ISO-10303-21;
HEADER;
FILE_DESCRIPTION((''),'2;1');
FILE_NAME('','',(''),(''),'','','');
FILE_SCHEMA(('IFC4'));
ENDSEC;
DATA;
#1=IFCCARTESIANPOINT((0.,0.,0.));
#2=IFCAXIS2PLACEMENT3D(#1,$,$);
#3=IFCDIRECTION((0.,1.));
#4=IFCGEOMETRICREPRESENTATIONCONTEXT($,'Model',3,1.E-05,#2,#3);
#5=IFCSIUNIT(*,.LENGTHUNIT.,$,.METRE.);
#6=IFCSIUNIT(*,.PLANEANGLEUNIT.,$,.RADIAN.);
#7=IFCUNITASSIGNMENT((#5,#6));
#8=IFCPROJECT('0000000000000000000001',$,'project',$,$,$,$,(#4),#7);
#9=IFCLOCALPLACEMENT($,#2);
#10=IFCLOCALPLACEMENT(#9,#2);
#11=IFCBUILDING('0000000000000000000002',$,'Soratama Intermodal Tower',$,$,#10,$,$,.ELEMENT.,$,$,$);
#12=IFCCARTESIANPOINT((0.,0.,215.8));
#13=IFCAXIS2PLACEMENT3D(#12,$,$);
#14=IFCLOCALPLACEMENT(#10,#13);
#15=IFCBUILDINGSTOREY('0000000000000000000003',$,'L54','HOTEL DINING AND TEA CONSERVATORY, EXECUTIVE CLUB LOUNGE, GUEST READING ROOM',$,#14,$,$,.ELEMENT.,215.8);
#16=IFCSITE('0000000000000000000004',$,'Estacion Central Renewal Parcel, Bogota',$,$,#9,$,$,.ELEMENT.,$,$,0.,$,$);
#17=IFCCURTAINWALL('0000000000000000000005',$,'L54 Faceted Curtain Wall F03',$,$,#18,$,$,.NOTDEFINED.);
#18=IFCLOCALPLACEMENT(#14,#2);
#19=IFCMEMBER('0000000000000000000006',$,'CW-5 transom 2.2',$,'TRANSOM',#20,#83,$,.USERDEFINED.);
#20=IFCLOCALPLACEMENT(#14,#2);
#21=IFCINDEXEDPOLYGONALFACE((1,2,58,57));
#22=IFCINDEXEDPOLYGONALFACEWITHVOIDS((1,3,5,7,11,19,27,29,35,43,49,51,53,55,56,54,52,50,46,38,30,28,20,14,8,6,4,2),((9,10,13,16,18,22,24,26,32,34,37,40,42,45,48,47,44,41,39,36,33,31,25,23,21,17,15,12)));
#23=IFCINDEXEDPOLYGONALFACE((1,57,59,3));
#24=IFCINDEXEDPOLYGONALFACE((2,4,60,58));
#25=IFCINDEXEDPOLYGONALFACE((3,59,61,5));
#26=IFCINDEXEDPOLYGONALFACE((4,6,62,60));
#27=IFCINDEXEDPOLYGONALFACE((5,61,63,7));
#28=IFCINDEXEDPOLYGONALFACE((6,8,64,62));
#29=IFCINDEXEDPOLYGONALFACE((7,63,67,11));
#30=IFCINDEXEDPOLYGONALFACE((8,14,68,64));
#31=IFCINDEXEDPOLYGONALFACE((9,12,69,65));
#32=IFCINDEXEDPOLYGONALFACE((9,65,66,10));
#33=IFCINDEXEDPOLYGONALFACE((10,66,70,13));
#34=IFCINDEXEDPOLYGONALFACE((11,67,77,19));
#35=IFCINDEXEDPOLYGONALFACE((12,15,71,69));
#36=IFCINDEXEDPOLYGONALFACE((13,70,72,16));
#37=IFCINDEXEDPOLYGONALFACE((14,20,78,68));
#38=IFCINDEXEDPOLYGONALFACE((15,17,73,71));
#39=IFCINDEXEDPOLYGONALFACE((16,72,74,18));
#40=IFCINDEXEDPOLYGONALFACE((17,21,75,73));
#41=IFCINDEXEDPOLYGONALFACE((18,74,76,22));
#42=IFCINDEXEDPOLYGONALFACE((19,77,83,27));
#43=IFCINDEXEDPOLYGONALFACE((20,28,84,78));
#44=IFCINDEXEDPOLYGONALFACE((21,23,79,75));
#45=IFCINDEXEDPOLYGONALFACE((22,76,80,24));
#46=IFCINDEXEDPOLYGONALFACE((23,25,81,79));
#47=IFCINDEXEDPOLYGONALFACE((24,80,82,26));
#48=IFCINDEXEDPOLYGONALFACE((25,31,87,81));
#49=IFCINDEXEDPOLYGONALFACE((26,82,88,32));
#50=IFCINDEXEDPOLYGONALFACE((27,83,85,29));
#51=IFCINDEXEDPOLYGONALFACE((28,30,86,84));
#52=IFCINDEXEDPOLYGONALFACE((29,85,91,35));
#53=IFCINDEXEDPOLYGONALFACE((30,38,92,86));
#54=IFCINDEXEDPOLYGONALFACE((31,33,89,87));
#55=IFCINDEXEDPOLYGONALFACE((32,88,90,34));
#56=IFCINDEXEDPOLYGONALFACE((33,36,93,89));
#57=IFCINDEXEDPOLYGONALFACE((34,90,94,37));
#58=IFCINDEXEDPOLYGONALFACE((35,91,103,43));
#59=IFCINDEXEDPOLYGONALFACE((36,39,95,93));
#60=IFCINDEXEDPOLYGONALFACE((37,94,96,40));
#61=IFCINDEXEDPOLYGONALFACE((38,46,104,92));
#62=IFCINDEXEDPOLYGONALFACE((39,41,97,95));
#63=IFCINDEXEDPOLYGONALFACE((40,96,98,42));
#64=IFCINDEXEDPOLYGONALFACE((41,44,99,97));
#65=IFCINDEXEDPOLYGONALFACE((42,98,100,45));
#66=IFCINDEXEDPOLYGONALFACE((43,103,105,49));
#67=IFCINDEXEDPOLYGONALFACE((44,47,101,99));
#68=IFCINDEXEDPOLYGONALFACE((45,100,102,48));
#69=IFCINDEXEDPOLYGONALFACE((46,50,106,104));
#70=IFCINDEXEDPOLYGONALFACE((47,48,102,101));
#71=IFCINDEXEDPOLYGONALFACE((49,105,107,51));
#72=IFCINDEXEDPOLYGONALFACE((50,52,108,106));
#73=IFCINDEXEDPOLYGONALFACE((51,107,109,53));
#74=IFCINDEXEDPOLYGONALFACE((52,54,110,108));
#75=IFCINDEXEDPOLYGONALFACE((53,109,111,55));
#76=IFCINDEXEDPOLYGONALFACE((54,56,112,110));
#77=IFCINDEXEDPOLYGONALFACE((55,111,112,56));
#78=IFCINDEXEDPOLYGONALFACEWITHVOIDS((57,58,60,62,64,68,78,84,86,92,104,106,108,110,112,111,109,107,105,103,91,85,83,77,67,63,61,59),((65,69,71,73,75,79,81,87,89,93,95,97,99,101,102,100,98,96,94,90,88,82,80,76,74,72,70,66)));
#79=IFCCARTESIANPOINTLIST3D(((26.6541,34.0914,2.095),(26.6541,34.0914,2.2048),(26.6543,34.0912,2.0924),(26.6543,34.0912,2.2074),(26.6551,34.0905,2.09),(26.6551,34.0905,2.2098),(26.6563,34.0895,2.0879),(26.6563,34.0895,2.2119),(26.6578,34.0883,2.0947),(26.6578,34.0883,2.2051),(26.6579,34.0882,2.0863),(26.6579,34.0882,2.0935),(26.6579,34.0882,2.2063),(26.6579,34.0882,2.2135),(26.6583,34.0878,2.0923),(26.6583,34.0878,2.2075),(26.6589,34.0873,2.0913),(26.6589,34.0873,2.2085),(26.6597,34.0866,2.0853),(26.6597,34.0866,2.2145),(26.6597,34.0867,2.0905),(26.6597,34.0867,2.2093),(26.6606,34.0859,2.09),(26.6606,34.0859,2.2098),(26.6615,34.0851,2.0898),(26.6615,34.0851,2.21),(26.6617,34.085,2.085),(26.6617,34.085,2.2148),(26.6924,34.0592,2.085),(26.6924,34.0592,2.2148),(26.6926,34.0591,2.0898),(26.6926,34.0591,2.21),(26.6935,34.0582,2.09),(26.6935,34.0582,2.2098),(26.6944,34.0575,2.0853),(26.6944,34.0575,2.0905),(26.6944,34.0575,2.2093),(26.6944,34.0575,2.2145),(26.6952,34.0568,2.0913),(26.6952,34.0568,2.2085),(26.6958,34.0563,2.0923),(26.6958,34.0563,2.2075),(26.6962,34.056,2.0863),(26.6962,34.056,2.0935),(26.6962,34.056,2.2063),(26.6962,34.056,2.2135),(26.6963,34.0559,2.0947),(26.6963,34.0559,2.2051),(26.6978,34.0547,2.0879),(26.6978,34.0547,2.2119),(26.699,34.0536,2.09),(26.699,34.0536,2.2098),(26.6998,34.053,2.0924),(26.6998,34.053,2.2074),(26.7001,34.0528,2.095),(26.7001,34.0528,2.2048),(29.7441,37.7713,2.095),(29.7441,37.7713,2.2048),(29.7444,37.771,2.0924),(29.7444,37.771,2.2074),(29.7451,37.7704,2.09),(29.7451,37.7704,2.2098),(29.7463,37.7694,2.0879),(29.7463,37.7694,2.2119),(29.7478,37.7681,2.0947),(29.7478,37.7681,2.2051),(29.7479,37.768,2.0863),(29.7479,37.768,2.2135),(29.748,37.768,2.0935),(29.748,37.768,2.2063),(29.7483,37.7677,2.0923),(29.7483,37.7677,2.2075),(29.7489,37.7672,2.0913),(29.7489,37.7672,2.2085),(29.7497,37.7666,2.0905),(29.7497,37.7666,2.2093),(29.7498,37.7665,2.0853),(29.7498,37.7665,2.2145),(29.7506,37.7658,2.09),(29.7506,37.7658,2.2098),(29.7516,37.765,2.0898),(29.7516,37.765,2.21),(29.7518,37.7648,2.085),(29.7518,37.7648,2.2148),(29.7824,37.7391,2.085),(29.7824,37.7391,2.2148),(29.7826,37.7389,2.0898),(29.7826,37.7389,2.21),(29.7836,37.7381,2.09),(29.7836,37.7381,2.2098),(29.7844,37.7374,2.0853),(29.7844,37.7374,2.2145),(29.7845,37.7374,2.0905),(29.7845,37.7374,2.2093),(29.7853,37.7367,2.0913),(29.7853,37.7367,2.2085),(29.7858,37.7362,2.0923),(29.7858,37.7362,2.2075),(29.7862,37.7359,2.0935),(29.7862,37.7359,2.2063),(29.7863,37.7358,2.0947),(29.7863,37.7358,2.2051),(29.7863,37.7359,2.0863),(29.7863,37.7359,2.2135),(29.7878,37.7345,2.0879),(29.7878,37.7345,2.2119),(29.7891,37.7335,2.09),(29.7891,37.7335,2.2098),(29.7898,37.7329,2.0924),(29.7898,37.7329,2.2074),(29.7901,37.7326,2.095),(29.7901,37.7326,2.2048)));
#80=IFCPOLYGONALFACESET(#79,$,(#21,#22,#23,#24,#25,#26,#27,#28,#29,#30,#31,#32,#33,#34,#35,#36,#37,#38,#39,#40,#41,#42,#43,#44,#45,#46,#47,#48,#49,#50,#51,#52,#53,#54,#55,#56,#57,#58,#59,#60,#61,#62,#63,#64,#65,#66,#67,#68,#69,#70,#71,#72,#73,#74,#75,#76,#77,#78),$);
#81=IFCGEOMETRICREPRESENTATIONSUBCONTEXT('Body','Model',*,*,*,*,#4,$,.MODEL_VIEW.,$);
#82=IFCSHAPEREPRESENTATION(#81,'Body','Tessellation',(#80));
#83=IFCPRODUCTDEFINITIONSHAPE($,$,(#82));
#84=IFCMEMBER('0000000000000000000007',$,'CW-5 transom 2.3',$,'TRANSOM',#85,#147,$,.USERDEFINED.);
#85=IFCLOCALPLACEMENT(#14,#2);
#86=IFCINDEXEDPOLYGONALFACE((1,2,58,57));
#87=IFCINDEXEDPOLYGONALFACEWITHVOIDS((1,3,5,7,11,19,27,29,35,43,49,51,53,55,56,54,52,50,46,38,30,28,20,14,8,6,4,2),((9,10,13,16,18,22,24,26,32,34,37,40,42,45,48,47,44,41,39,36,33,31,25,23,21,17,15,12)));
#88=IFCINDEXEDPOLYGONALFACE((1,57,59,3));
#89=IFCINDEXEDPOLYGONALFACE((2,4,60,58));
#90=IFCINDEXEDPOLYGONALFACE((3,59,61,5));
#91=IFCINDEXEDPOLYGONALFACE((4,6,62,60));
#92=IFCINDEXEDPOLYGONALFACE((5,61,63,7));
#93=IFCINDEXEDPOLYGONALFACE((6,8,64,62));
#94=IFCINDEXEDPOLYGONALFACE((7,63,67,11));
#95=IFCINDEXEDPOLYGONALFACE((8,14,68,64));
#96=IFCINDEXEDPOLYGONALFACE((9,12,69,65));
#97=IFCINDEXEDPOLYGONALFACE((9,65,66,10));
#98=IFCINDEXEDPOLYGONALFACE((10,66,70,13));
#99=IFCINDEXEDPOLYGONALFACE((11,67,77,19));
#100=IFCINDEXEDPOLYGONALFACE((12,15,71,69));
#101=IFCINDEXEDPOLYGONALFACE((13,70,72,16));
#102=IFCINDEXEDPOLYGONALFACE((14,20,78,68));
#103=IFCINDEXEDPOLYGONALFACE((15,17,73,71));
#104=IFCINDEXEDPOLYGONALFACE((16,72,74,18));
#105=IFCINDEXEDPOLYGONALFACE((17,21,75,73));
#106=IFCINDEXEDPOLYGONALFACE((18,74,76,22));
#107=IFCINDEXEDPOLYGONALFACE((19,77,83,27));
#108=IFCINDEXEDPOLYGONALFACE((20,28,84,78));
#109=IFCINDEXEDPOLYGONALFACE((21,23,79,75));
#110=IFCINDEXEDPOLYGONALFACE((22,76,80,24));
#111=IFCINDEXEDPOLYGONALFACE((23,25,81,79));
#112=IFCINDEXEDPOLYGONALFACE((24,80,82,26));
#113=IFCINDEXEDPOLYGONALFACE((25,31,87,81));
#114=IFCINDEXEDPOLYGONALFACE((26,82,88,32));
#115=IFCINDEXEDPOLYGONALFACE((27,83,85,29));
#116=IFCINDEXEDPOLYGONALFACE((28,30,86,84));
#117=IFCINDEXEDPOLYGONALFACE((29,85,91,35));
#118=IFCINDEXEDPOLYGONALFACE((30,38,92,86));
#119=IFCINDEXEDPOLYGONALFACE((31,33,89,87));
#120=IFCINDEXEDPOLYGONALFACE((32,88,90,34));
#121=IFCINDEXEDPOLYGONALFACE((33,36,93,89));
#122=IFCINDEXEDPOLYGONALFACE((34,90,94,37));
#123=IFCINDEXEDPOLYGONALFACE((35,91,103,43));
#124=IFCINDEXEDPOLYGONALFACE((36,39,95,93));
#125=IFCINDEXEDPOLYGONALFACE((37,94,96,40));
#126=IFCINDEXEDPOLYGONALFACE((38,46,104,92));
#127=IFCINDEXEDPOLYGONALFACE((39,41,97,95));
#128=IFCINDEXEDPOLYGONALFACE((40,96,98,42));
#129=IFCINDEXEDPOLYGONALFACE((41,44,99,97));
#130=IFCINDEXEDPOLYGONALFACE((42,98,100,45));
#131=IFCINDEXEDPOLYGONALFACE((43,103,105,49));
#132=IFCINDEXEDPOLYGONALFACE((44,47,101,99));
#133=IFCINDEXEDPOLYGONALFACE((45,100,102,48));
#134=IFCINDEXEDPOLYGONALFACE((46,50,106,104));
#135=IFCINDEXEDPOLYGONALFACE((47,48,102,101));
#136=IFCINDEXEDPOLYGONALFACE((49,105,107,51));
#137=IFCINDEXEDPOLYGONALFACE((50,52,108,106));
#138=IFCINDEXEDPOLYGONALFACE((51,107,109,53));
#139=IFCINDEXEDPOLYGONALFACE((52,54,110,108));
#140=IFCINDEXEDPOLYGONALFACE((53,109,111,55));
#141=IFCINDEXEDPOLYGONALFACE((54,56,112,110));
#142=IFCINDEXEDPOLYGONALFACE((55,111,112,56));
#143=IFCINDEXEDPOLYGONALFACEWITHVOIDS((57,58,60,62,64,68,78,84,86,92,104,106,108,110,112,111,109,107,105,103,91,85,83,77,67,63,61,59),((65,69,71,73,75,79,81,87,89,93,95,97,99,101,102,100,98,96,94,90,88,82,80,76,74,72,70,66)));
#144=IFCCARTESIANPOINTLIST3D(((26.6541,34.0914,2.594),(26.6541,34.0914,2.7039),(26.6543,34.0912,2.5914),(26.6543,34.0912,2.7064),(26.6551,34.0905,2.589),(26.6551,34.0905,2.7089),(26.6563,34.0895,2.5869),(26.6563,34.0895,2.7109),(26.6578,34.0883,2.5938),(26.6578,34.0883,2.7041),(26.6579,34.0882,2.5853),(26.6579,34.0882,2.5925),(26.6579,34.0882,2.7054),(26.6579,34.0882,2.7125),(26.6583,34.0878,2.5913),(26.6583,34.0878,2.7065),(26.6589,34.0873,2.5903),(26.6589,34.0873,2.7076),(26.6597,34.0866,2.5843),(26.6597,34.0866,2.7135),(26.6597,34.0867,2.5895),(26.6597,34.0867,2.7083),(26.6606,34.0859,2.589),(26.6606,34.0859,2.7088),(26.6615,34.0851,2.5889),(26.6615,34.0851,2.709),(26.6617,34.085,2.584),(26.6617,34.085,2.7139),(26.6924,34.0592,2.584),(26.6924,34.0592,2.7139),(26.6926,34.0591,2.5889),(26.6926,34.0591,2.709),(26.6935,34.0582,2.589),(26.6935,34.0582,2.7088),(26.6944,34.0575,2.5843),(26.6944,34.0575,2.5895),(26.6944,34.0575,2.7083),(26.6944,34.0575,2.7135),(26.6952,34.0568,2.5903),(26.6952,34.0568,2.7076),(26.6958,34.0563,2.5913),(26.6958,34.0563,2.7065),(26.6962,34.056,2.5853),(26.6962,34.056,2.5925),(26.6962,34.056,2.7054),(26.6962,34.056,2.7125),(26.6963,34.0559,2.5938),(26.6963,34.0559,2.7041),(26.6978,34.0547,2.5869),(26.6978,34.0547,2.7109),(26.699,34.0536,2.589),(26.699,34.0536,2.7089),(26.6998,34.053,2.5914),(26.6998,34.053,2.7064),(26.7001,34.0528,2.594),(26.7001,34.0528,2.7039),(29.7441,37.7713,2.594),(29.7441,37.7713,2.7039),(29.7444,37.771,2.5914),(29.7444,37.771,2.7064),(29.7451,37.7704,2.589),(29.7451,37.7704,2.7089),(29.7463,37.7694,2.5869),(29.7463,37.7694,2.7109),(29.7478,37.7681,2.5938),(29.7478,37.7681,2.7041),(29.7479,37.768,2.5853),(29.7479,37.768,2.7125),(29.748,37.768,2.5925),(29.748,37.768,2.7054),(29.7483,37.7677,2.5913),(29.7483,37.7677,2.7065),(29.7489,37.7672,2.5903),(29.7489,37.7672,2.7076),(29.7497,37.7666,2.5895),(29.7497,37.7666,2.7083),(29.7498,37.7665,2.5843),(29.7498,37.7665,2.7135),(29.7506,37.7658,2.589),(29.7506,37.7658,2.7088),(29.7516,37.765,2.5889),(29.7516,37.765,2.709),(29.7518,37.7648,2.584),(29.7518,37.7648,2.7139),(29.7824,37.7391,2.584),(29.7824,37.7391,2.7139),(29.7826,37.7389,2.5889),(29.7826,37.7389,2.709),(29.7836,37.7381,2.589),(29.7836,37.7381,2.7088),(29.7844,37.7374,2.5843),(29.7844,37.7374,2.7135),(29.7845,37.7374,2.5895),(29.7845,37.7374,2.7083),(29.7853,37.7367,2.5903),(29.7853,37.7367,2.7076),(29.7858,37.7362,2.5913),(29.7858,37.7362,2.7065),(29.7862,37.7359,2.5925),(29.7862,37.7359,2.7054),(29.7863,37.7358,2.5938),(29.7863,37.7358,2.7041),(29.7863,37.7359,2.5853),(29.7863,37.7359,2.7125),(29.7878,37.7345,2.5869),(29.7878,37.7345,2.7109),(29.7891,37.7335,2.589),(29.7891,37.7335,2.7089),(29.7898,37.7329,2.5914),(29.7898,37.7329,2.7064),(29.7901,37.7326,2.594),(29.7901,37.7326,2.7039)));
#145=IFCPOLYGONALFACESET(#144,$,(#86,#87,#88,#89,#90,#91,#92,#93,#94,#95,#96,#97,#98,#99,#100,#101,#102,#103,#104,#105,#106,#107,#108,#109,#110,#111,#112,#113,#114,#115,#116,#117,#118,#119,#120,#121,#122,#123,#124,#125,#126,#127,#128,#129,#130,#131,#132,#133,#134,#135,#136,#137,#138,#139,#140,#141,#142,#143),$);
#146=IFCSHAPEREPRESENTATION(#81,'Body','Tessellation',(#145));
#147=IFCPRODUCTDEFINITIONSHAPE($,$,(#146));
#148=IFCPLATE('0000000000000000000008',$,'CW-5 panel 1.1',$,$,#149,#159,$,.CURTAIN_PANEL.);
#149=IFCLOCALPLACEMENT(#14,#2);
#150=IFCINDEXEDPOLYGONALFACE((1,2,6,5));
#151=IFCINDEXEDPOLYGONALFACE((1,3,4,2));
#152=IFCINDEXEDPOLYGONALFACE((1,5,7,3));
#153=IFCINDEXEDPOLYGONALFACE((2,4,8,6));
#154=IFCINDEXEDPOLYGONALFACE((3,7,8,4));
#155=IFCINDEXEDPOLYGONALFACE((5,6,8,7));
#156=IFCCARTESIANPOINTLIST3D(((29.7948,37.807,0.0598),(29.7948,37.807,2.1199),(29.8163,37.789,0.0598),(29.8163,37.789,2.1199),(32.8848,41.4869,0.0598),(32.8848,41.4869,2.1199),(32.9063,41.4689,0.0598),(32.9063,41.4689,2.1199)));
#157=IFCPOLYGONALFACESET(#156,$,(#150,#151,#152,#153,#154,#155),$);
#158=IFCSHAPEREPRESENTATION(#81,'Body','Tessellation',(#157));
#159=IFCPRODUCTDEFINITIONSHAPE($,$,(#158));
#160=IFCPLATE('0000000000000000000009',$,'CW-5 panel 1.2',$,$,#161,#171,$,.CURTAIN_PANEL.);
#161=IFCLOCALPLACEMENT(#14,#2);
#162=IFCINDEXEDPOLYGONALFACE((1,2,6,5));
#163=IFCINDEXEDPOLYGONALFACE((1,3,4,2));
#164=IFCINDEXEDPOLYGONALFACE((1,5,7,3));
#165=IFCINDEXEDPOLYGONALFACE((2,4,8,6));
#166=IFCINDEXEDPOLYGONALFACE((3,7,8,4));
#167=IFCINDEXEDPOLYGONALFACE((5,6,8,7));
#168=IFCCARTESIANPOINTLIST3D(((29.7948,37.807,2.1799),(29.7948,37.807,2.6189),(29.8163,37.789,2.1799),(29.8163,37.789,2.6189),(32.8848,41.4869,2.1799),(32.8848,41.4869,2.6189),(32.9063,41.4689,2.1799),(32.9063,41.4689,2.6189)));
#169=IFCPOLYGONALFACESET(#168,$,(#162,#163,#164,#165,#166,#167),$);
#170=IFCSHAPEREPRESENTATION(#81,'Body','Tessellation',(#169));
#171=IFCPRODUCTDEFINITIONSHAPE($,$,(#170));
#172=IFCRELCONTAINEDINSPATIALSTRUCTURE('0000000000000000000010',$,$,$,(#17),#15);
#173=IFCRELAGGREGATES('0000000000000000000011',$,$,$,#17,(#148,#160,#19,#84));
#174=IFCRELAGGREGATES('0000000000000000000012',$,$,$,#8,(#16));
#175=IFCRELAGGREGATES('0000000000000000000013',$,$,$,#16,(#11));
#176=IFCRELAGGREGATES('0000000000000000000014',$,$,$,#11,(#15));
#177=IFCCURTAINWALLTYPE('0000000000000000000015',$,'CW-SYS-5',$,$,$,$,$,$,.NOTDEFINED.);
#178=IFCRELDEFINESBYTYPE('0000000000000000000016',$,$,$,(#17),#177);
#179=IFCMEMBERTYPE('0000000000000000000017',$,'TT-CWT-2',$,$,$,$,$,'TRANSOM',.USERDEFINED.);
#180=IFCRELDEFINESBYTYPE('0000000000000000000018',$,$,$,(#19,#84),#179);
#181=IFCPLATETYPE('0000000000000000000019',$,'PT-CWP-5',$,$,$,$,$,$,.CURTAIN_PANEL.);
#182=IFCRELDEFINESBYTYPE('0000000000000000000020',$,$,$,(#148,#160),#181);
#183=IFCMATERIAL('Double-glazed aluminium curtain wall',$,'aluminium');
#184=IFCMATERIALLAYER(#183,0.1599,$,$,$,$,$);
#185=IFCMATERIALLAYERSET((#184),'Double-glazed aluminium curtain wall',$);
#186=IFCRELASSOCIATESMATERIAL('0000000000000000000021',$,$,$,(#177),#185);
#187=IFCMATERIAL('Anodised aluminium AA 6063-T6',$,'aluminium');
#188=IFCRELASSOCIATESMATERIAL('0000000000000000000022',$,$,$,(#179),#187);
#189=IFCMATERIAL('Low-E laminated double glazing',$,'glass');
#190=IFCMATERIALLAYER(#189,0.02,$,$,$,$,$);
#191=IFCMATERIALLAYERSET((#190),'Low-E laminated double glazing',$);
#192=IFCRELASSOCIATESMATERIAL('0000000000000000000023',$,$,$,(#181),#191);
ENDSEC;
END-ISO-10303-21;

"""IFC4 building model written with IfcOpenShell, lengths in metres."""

from ifc_helpers import new_model, si_unit, direction, frame, origin, origin_2d, place, context, subcontext, project, spatial, rectangle, hollow_rectangle, extrude, material, layer, layer_set, material_profile, profile_set, type_object, element, aggregate, save


model = new_model("IFC4")

# Units and contexts
model_context = context("Model", 3, precision=1e-05, world=origin(), true_north=direction((0.0, 1.0)))
body_context = subcontext(model_context, "Body", "Model", "MODEL_VIEW")
ifc_project = project(units=[si_unit("LENGTHUNIT", "METRE"), si_unit("PLANEANGLEUNIT", "RADIAN")], contexts=[model_context])

# Site, building, storey
site_placement = place(None, origin())
site = spatial("IfcSite", under=ifc_project, at=site_placement, Name="Estacion Central Renewal Parcel, Bogota", CompositionType="ELEMENT", RefElevation=0.0)
building_placement = place(site_placement, origin())
building = spatial("IfcBuilding", under=site, at=building_placement, Name="Soratama Intermodal Tower", CompositionType="ELEMENT")
storey_placement = place(building_placement, frame((0.0, 0.0, 215.8)))
storey = spatial("IfcBuildingStorey", under=building, at=storey_placement, Name="L54", Description="HOTEL DINING AND TEA CONSERVATORY, EXECUTIVE CLUB LOUNGE, GUEST READING ROOM", CompositionType="ELEMENT", Elevation=215.8)

# Curtain wall, members, plates
ifc_material_1 = material(Name="Double-glazed aluminium curtain wall", Category="aluminium")
ifc_layer_1 = layer(ifc_material_1, 0.1599)
ifc_layer_set_1 = layer_set([ifc_layer_1], Name="Double-glazed aluminium curtain wall")
curtain_wall_type = type_object("IfcCurtainWallType", Name="CW-SYS-5", PredefinedType="NOTDEFINED", material=ifc_layer_set_1)
curtain_wall_placement = place(storey_placement, origin())
curtain_wall = element("IfcCurtainWall", 1, at=curtain_wall_placement, inside=storey, type_object=curtain_wall_type, Name="L54 Faceted Curtain Wall F03", PredefinedType="NOTDEFINED")
ifc_material_2 = material(Name="Anodised aluminium AA 6063-T6", Category="aluminium")
ifc_material_profile_1 = material_profile(ifc_material_2, hollow_rectangle(XDim=0.0601, YDim=0.1299, WallThickness=0.0049, InnerFilletRadius=0.0049, OuterFilletRadius=0.01, at=origin_2d()), Name="CWT130X60X5")
ifc_profile_set_1 = profile_set([ifc_material_profile_1], Name="Anodised aluminium AA 6063-T6")
member_type_1 = type_object("IfcMemberType", Name="TT-CWT-2", ElementType="TRANSOM", PredefinedType="USERDEFINED", material=ifc_profile_set_1)
member_1_placement = place(storey_placement, frame((29.7671, 37.752, 2.1499), z_axis=(-0.643063, -0.765813, 0.0), x_axis=(0.765813, -0.643063, 0.0)))
member_1 = element("IfcMember", 2, at=member_1_placement, type_object=member_type_1, Name="CW-5 transom 2.2", ObjectType="TRANSOM", PredefinedType="USERDEFINED", context=body_context, shape_type="SweptSolid", body=[
    extrude(hollow_rectangle(XDim=0.0601, YDim=0.1299, WallThickness=0.0049, InnerFilletRadius=0.0049, OuterFilletRadius=0.01, at=origin_2d()), origin(), (0.0, 0.0, 1.0), 4.8052),
])
member_2_placement = place(storey_placement, frame((29.7671, 37.752, 2.6489), z_axis=(-0.643063, -0.765813, 0.0), x_axis=(0.765813, -0.643063, 0.0)))
member_2 = element("IfcMember", 3, at=member_2_placement, type_object=member_type_1, Name="CW-5 transom 2.3", ObjectType="TRANSOM", PredefinedType="USERDEFINED", context=body_context, shape_type="SweptSolid", body=[
    extrude(hollow_rectangle(XDim=0.0601, YDim=0.1299, WallThickness=0.0049, InnerFilletRadius=0.0049, OuterFilletRadius=0.01, at=origin_2d()), origin(), (0.0, 0.0, 1.0), 4.8052),
])
ifc_material_3 = material(Name="Low-E laminated double glazing", Category="glass")
ifc_layer_2 = layer(ifc_material_3, 0.02)
ifc_layer_set_2 = layer_set([ifc_layer_2], Name="Low-E laminated double glazing")
plate_type = type_object("IfcPlateType", Name="PT-CWP-5", PredefinedType="CURTAIN_PANEL", material=ifc_layer_set_2)
plate_1_placement = place(storey_placement, frame((31.3506, 39.6379, 0.0598), z_axis=(0.0, 0.0, 1.0), x_axis=(-0.643051, -0.765823, 0.0)))
plate_1 = element("IfcPlate", 4, at=plate_1_placement, type_object=plate_type, Name="CW-5 panel 1.1", PredefinedType="CURTAIN_PANEL", context=body_context, shape_type="SweptSolid", body=[
    extrude(rectangle(XDim=4.8052, YDim=0.0281, at=origin_2d()), origin(), (0.0, 0.0, 1.0), 2.0601),
])
plate_2_placement = place(storey_placement, frame((31.3506, 39.6379, 2.1799), z_axis=(0.0, 0.0, 1.0), x_axis=(-0.643051, -0.765823, 0.0)))
plate_2 = element("IfcPlate", 5, at=plate_2_placement, type_object=plate_type, Name="CW-5 panel 1.2", PredefinedType="CURTAIN_PANEL", context=body_context, shape_type="SweptSolid", body=[
    extrude(rectangle(XDim=4.8052, YDim=0.0281, at=origin_2d()), origin(), (0.0, 0.0, 1.0), 0.439),
])
aggregate(curtain_wall, [plate_1, plate_2, member_1, member_2])

save(model, "model.ifc")
